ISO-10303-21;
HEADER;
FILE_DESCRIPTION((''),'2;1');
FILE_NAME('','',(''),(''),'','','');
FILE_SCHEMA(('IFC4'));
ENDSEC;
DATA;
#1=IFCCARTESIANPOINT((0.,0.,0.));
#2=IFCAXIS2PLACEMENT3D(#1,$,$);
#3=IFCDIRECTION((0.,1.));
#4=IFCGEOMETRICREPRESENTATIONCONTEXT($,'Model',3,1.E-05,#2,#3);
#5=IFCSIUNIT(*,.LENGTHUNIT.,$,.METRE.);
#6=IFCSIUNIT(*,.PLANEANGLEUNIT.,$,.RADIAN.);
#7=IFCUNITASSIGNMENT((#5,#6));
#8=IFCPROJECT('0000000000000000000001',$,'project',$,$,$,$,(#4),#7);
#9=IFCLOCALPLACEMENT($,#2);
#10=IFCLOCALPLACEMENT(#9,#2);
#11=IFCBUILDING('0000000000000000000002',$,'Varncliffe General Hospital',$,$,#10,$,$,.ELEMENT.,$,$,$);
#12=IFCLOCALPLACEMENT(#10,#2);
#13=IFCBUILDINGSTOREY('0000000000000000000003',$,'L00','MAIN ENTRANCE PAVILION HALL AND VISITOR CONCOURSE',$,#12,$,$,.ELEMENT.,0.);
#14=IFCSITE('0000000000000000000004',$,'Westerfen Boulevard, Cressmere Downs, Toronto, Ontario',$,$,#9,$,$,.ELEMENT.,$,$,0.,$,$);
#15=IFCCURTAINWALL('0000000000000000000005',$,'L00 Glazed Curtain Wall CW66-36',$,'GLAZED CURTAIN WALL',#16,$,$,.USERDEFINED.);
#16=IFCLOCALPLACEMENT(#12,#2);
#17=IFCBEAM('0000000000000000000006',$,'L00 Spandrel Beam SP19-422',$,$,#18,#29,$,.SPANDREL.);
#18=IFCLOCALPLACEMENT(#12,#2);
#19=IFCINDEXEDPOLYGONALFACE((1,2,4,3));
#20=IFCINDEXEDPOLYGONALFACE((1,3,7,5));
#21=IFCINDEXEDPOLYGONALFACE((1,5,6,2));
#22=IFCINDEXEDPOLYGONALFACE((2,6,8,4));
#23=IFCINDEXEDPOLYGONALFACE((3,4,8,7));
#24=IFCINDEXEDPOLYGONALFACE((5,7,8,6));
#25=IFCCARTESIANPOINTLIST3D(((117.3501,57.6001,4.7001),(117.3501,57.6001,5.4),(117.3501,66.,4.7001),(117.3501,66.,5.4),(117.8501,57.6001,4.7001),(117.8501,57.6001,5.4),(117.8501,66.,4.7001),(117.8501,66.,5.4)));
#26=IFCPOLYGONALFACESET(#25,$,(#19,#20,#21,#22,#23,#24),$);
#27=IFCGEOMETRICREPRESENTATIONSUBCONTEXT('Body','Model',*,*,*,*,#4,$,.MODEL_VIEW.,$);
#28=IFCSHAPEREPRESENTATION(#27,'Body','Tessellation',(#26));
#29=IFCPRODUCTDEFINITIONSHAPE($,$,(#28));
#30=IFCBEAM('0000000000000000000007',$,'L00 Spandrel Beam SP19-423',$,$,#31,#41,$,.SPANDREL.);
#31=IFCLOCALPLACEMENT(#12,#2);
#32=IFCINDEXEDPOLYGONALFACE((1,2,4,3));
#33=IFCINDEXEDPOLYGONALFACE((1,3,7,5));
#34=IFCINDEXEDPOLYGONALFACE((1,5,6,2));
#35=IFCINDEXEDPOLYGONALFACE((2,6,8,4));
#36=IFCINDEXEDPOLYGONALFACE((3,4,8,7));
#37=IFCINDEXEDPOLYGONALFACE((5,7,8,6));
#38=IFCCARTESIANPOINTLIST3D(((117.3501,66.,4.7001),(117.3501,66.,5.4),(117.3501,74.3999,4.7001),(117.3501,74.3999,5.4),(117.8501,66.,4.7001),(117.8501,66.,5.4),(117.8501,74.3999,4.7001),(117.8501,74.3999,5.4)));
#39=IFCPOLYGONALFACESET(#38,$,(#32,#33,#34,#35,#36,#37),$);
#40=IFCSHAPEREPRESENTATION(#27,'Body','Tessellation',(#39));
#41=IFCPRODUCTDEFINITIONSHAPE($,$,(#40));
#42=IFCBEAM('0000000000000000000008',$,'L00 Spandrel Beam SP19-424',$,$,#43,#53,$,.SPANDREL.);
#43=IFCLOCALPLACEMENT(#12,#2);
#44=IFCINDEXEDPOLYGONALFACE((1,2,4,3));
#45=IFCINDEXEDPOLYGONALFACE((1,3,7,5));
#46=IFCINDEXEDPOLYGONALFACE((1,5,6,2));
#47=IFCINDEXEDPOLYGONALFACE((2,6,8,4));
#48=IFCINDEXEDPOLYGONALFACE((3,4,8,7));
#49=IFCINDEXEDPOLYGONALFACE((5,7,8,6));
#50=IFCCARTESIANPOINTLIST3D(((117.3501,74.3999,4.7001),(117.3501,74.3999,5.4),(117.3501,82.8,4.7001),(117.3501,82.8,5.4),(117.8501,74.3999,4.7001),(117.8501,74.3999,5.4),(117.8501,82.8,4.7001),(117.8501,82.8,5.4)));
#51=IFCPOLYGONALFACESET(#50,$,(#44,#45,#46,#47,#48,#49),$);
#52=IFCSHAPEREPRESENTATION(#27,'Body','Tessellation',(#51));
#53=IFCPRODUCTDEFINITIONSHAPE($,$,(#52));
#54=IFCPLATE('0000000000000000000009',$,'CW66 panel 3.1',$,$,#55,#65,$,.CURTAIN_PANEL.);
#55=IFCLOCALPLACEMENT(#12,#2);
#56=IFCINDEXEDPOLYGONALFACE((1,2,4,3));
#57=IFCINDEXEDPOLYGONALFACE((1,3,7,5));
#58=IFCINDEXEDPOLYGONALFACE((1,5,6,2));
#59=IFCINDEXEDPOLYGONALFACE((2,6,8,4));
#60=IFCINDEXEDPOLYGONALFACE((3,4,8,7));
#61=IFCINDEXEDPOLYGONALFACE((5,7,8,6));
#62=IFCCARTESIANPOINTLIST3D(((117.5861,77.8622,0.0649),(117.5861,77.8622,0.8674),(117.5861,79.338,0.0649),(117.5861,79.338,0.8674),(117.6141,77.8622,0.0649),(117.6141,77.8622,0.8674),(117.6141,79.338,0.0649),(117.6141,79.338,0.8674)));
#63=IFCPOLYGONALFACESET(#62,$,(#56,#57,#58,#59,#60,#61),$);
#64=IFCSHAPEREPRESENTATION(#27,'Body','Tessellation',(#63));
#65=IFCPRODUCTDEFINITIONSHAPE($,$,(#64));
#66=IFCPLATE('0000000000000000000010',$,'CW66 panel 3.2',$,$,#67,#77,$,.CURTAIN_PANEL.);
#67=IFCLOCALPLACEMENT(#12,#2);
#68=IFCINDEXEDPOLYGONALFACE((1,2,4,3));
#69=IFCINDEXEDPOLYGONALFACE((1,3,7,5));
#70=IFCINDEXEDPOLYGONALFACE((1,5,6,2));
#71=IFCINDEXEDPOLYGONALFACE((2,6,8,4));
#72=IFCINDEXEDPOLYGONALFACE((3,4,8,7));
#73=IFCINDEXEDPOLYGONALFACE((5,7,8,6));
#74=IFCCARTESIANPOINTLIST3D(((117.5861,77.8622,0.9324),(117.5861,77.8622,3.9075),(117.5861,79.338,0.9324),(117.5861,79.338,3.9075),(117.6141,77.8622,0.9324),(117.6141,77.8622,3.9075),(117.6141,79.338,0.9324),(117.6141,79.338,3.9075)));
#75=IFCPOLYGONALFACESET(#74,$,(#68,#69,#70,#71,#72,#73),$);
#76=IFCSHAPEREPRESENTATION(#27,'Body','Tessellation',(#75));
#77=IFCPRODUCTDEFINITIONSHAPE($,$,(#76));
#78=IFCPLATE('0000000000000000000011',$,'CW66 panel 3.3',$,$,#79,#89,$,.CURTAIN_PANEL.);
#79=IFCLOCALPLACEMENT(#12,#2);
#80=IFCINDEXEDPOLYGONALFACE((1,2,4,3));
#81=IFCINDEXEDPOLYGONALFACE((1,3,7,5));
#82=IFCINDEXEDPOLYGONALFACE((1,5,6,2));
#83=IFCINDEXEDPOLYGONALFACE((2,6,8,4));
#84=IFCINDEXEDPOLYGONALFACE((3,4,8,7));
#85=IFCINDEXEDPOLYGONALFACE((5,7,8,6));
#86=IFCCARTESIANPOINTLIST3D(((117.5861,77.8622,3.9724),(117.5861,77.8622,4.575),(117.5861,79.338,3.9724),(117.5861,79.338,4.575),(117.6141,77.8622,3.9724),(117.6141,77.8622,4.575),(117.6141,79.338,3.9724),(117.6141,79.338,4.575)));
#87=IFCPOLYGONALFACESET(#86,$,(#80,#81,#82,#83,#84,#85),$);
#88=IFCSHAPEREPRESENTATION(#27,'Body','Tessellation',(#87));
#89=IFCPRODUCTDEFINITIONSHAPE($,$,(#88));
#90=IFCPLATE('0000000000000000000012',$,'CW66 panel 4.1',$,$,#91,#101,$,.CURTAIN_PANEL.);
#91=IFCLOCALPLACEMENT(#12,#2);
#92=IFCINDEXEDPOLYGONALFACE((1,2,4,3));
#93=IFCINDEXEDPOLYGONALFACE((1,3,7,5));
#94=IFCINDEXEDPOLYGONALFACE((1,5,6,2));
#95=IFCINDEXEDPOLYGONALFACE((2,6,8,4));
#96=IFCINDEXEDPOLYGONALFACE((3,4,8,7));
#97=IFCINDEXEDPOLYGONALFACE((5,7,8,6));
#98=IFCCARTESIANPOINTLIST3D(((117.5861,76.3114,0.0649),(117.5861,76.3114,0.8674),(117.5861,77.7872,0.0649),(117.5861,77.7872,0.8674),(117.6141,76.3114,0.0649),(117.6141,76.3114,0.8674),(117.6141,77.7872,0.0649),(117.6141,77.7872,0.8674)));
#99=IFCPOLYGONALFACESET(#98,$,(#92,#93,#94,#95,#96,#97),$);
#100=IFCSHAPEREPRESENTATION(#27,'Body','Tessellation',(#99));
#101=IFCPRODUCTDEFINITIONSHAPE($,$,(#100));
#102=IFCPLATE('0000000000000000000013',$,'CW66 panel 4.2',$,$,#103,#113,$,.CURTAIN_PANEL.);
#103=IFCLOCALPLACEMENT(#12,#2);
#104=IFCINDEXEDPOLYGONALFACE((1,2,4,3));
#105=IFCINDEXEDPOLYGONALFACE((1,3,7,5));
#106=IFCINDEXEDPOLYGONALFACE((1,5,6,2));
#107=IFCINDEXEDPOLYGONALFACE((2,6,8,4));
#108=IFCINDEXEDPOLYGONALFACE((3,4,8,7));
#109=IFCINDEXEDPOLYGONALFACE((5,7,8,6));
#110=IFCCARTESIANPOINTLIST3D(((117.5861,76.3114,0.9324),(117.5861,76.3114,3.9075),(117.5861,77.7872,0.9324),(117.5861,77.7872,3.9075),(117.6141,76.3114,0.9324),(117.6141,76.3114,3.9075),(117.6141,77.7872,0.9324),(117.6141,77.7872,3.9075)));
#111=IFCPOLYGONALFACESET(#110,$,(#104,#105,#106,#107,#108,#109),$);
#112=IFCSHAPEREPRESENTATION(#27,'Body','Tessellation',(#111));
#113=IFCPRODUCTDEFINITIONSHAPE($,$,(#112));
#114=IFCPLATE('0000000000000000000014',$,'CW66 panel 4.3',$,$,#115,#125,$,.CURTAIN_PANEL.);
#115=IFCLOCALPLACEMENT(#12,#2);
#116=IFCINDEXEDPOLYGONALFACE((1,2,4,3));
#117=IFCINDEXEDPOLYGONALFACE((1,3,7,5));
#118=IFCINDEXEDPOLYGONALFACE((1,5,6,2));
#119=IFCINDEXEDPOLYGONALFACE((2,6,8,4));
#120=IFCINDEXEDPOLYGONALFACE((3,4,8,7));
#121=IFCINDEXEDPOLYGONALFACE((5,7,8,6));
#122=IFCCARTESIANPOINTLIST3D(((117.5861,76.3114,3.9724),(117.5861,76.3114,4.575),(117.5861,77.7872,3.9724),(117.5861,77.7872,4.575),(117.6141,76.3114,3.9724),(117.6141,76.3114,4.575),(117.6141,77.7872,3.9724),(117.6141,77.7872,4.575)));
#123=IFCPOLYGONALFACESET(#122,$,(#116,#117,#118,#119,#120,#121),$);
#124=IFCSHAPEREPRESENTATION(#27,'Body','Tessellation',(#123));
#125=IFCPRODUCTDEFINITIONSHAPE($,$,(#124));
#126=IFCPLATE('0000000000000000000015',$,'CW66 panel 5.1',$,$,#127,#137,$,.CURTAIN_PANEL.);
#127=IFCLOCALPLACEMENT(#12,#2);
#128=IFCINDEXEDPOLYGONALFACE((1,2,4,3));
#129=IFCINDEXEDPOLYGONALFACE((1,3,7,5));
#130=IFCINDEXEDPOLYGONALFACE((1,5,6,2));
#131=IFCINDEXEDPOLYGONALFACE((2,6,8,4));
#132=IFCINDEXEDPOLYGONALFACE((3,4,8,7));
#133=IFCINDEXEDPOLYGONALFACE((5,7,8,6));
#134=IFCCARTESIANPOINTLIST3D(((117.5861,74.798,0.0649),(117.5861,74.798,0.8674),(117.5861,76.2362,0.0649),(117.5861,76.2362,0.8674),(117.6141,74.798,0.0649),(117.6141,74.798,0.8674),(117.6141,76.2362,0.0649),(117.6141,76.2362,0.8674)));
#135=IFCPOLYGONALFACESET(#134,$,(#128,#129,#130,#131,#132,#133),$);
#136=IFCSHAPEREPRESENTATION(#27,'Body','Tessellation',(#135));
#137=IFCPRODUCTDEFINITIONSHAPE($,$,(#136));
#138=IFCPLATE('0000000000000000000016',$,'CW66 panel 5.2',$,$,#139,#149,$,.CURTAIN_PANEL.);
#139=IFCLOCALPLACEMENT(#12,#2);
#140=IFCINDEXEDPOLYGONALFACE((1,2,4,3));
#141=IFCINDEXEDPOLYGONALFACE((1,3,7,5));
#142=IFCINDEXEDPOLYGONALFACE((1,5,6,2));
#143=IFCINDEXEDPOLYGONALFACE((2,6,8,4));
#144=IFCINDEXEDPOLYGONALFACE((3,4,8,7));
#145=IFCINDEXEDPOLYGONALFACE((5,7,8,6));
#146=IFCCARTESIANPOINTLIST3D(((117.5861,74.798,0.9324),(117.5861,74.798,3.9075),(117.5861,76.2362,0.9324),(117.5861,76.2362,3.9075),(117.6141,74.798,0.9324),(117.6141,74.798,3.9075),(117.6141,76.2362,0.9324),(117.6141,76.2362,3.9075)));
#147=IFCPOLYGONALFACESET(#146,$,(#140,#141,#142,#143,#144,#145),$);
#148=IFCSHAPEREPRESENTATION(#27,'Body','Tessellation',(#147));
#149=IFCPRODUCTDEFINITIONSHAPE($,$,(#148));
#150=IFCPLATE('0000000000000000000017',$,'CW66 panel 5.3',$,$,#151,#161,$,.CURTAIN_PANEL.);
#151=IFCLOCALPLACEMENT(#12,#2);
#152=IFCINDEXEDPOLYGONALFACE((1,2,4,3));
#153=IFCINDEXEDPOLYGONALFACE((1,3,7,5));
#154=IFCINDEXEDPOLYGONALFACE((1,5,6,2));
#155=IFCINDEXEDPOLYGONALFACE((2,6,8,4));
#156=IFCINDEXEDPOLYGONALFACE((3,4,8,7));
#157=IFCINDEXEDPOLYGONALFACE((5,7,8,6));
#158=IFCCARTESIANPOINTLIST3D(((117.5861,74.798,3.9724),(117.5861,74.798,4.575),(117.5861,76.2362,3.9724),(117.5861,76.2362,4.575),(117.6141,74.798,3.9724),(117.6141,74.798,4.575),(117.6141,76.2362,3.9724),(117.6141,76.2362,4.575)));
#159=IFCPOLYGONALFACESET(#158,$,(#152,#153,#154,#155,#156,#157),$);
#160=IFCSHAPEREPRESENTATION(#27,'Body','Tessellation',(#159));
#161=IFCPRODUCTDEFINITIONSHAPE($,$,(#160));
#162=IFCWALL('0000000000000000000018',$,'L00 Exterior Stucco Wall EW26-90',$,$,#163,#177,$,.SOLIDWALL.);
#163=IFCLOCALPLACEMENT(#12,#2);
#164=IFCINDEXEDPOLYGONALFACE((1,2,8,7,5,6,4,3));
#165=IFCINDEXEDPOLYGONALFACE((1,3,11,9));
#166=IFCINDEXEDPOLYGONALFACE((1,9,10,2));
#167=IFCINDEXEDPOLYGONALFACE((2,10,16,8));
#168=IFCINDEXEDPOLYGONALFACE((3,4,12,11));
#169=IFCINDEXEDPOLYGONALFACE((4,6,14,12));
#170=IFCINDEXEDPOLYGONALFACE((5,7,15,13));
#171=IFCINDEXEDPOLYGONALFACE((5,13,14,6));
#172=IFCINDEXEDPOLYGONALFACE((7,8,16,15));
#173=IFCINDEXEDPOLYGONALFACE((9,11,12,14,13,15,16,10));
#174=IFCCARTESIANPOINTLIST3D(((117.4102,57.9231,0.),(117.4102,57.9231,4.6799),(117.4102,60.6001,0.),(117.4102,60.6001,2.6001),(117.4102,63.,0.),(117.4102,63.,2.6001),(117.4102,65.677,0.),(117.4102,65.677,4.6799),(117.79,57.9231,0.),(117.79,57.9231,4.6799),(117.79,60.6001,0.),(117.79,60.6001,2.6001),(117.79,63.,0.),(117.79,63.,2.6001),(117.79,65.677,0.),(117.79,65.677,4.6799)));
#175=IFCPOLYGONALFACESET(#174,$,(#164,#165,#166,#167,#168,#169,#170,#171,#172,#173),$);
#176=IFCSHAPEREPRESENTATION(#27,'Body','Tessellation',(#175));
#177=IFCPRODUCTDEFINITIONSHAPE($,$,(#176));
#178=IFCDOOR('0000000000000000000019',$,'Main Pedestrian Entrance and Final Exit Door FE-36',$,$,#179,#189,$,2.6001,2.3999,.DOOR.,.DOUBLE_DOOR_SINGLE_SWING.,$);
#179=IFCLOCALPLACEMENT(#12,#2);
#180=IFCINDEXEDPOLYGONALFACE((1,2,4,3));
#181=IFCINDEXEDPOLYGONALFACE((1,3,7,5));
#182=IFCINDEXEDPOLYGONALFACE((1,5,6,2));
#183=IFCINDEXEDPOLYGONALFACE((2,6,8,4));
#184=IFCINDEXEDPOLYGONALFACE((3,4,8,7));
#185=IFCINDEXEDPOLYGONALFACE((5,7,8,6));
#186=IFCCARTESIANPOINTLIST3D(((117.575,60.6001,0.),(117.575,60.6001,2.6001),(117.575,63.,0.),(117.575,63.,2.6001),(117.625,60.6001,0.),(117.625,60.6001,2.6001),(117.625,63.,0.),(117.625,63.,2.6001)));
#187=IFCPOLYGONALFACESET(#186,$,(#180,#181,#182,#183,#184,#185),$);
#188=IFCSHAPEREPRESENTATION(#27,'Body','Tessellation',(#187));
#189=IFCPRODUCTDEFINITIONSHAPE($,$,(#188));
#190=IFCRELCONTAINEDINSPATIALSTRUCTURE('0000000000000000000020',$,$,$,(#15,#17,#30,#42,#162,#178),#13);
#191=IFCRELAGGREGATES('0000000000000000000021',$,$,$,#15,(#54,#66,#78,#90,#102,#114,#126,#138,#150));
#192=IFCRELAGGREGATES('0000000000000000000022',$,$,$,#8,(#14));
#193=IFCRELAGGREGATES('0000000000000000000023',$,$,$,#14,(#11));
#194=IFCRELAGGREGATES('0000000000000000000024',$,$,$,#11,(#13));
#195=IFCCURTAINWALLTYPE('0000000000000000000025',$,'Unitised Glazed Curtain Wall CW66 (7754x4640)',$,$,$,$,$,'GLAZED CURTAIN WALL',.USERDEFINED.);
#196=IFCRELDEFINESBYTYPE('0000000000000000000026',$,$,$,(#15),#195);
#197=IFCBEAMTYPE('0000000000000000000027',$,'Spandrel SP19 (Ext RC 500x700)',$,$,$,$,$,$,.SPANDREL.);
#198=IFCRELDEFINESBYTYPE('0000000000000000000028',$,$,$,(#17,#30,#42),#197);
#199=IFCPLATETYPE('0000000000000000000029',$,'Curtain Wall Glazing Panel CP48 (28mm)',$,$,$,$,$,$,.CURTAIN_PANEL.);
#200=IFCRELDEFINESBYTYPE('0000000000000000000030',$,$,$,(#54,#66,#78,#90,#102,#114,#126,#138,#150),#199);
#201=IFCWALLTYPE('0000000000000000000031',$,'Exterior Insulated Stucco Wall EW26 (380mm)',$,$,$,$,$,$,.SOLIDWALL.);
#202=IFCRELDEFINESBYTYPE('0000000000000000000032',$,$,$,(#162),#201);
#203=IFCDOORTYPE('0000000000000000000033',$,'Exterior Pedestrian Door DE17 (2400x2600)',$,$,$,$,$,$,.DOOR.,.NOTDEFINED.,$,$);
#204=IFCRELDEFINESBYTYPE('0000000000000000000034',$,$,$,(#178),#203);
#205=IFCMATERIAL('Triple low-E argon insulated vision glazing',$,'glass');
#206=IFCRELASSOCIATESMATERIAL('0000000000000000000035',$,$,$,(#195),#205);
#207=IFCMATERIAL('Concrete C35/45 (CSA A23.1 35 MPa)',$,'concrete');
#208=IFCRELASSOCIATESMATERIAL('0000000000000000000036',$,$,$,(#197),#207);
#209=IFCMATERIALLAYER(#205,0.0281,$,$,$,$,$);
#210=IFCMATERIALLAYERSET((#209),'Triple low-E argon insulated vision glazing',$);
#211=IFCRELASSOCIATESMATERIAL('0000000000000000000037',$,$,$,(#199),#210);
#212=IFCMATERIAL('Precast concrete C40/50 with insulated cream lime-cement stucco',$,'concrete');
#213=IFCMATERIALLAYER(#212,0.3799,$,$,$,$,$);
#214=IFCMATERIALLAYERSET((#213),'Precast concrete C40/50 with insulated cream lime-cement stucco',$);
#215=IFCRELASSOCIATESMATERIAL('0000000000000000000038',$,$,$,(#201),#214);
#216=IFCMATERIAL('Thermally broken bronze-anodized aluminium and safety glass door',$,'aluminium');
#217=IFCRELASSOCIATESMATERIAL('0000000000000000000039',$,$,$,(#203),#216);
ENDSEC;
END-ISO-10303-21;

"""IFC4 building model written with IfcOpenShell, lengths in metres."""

from ifc_helpers import new_model, si_unit, direction, frame, frame_2d, origin, origin_2d, place, context, subcontext, project, spatial, rectangle, extrude, material, layer, layer_set, material_profile, profile_set, type_object, element, fill, aggregate, save


model = new_model("IFC4")

# Units and contexts
model_context = context("Model", 3, precision=1e-05, world=origin(), true_north=direction((0.0, 1.0)))
body_context = subcontext(model_context, "Body", "Model", "MODEL_VIEW")
ifc_project = project(units=[si_unit("LENGTHUNIT", "METRE"), si_unit("PLANEANGLEUNIT", "RADIAN")], contexts=[model_context])

# Site, building, storey
site_placement = place(None, origin())
site = spatial("IfcSite", under=ifc_project, at=site_placement, Name="Westerfen Boulevard, Cressmere Downs, Toronto, Ontario", CompositionType="ELEMENT", RefElevation=0.0)
building_placement = place(site_placement, origin())
building = spatial("IfcBuilding", under=site, at=building_placement, Name="Varncliffe General Hospital", CompositionType="ELEMENT")
storey_placement = place(building_placement, origin())
storey = spatial("IfcBuildingStorey", under=building, at=storey_placement, Name="L00", Description="MAIN ENTRANCE PAVILION HALL AND VISITOR CONCOURSE", CompositionType="ELEMENT", Elevation=0.0)

# Curtain wall
ifc_material_1 = material(Name="Triple low-E argon insulated vision glazing", Category="glass")
curtain_wall_type = type_object("IfcCurtainWallType", Name="Unitised Glazed Curtain Wall CW66 (7754x4640)", ElementType="GLAZED CURTAIN WALL", PredefinedType="USERDEFINED", material=ifc_material_1)
curtain_wall_placement = place(storey_placement, origin())
curtain_wall = element("IfcCurtainWall", 1, at=curtain_wall_placement, inside=storey, type_object=curtain_wall_type, Name="L00 Glazed Curtain Wall CW66-36", ObjectType="GLAZED CURTAIN WALL", PredefinedType="USERDEFINED")

# Beams
ifc_material_2 = material(Name="Concrete C35/45 (CSA A23.1 35 MPa)", Category="concrete")
ifc_material_profile_1 = material_profile(ifc_material_2, rectangle(XDim=0.5, YDim=0.7, at=origin_2d()), Name="RC 500x700")
ifc_profile_set_1 = profile_set([ifc_material_profile_1], Name="Concrete C35/45 (CSA A23.1 35 MPa)")
beam_type = type_object("IfcBeamType", Name="Spandrel SP19 (Ext RC 500x700)", PredefinedType="SPANDREL", material=ifc_profile_set_1)
for number, where, z_axis, x_axis, name in (
    (2, (117.6001, 57.6001, 5.05), (0.0, 1.0, 0.0), (-1.0, 0.0, 0.0), "L00 Spandrel Beam SP19-422"),
    (3, (117.6001, 66.0, 5.05), (0.0, 1.0, 0.0), (-1.0, 0.0, 0.0), "L00 Spandrel Beam SP19-423"),
):
    element("IfcBeam", number, at=place(storey_placement, frame(where, z_axis=z_axis, x_axis=x_axis)), inside=storey, type_object=beam_type, Name=name, PredefinedType="SPANDREL", context=body_context, shape_type="SweptSolid", body=[
        extrude(rectangle(XDim=0.5, YDim=0.7, at=origin_2d()), origin(), (0.0, 0.0, 1.0), 8.3999),
    ])
beam_placement = place(storey_placement, frame((117.6001, 74.3999, 5.05), z_axis=(0.0, 1.0, 0.0), x_axis=(-1.0, 0.0, 0.0)))
element("IfcBeam", 4, at=beam_placement, inside=storey, type_object=beam_type, Name="L00 Spandrel Beam SP19-424", PredefinedType="SPANDREL", context=body_context, shape_type="SweptSolid", body=[
    extrude(rectangle(XDim=0.5, YDim=0.7, at=origin_2d()), origin(), (0.0, 0.0, 1.0), 8.4001),
])

# Plates
ifc_layer_1 = layer(ifc_material_1, 0.0281)
ifc_layer_set_1 = layer_set([ifc_layer_1], Name="Triple low-E argon insulated vision glazing")
plate_type = type_object("IfcPlateType", Name="Curtain Wall Glazing Panel CP48 (28mm)", PredefinedType="CURTAIN_PANEL", material=ifc_layer_set_1)
plate_1_placement = place(storey_placement, frame((117.6001, 78.6001, 0.0649), z_axis=(0.0, 0.0, 1.0), x_axis=(0.0, -1.0, 0.0)))
plate_1 = element("IfcPlate", 5, at=plate_1_placement, type_object=plate_type, Name="CW66 panel 3.1", PredefinedType="CURTAIN_PANEL", context=body_context, shape_type="SweptSolid", body=[
    extrude(rectangle(XDim=1.4758, YDim=0.0281, at=origin_2d()), origin(), (0.0, 0.0, 1.0), 0.8025),
])
plate_2_placement = place(storey_placement, frame((117.6001, 78.6001, 0.9324), z_axis=(0.0, 0.0, 1.0), x_axis=(0.0, -1.0, 0.0)))
plate_2 = element("IfcPlate", 6, at=plate_2_placement, type_object=plate_type, Name="CW66 panel 3.2", PredefinedType="CURTAIN_PANEL", context=body_context, shape_type="SweptSolid", body=[
    extrude(rectangle(XDim=1.4758, YDim=0.0281, at=origin_2d()), origin(), (0.0, 0.0, 1.0), 2.9751),
])
plate_3_placement = place(storey_placement, frame((117.6001, 78.6001, 3.9724), z_axis=(0.0, 0.0, 1.0), x_axis=(0.0, -1.0, 0.0)))
plate_3 = element("IfcPlate", 7, at=plate_3_placement, type_object=plate_type, Name="CW66 panel 3.3", PredefinedType="CURTAIN_PANEL", context=body_context, shape_type="SweptSolid", body=[
    extrude(rectangle(XDim=1.4758, YDim=0.0281, at=origin_2d()), origin(), (0.0, 0.0, 1.0), 0.6025),
])
plate_4_placement = place(storey_placement, frame((117.6001, 77.0493, 0.0649), z_axis=(0.0, 0.0, 1.0), x_axis=(0.0, -1.0, 0.0)))
plate_4 = element("IfcPlate", 8, at=plate_4_placement, type_object=plate_type, Name="CW66 panel 4.1", PredefinedType="CURTAIN_PANEL", context=body_context, shape_type="SweptSolid", body=[
    extrude(rectangle(XDim=1.4758, YDim=0.0281, at=origin_2d()), origin(), (0.0, 0.0, 1.0), 0.8025),
])
plate_5_placement = place(storey_placement, frame((117.6001, 77.0493, 0.9324), z_axis=(0.0, 0.0, 1.0), x_axis=(0.0, -1.0, 0.0)))
plate_5 = element("IfcPlate", 9, at=plate_5_placement, type_object=plate_type, Name="CW66 panel 4.2", PredefinedType="CURTAIN_PANEL", context=body_context, shape_type="SweptSolid", body=[
    extrude(rectangle(XDim=1.4758, YDim=0.0281, at=origin_2d()), origin(), (0.0, 0.0, 1.0), 2.9751),
])
plate_6_placement = place(storey_placement, frame((117.6001, 77.0493, 3.9724), z_axis=(0.0, 0.0, 1.0), x_axis=(0.0, -1.0, 0.0)))
plate_6 = element("IfcPlate", 10, at=plate_6_placement, type_object=plate_type, Name="CW66 panel 4.3", PredefinedType="CURTAIN_PANEL", context=body_context, shape_type="SweptSolid", body=[
    extrude(rectangle(XDim=1.4758, YDim=0.0281, at=origin_2d()), origin(), (0.0, 0.0, 1.0), 0.6025),
])
plate_7_placement = place(storey_placement, frame((117.6001, 75.5171, 0.0649), z_axis=(0.0, 0.0, 1.0), x_axis=(0.0, -1.0, 0.0)))
plate_7 = element("IfcPlate", 11, at=plate_7_placement, type_object=plate_type, Name="CW66 panel 5.1", PredefinedType="CURTAIN_PANEL", context=body_context, shape_type="SweptSolid", body=[
    extrude(rectangle(XDim=1.4382, YDim=0.0281, at=origin_2d()), origin(), (0.0, 0.0, 1.0), 0.8025),
])
plate_8_placement = place(storey_placement, frame((117.6001, 75.5171, 0.9324), z_axis=(0.0, 0.0, 1.0), x_axis=(0.0, -1.0, 0.0)))
plate_8 = element("IfcPlate", 12, at=plate_8_placement, type_object=plate_type, Name="CW66 panel 5.2", PredefinedType="CURTAIN_PANEL", context=body_context, shape_type="SweptSolid", body=[
    extrude(rectangle(XDim=1.4382, YDim=0.0281, at=origin_2d()), origin(), (0.0, 0.0, 1.0), 2.9751),
])
plate_9_placement = place(storey_placement, frame((117.6001, 75.5171, 3.9724), z_axis=(0.0, 0.0, 1.0), x_axis=(0.0, -1.0, 0.0)))
plate_9 = element("IfcPlate", 13, at=plate_9_placement, type_object=plate_type, Name="CW66 panel 5.3", PredefinedType="CURTAIN_PANEL", context=body_context, shape_type="SweptSolid", body=[
    extrude(rectangle(XDim=1.4382, YDim=0.0281, at=origin_2d()), origin(), (0.0, 0.0, 1.0), 0.6025),
])
aggregate(curtain_wall, [plate_1, plate_2, plate_3, plate_4, plate_5, plate_6, plate_7, plate_8, plate_9])

# Wall, opening, door
ifc_material_3 = material(Name="Precast concrete C40/50 with insulated cream lime-cement stucco", Category="concrete")
ifc_layer_2 = layer(ifc_material_3, 0.3799)
ifc_layer_set_2 = layer_set([ifc_layer_2], Name="Precast concrete C40/50 with insulated cream lime-cement stucco")
wall_type_1 = type_object("IfcWallType", Name="Exterior Insulated Stucco Wall EW26 (380mm)", PredefinedType="SOLIDWALL", material=ifc_layer_set_2)
wall_1_placement = place(storey_placement, frame((117.6001, 65.677, 0.0), z_axis=(0.0, 0.0, 1.0), x_axis=(0.0, -1.0, 0.0)))
wall_1 = element("IfcWall", 14, at=wall_1_placement, inside=storey, type_object=wall_type_1, Name="L00 Exterior Stucco Wall EW26-90", PredefinedType="SOLIDWALL", context=body_context, shape_type="SweptSolid", body=[
    extrude(rectangle(XDim=7.7539, YDim=0.3799, at=frame_2d((3.877, 0.0))), origin(), (0.0, 0.0, 1.0), 4.6799),
])
opening_1_placement = place(wall_1_placement, frame((2.677, 0.0, 0.0)))
opening_1 = element("IfcOpeningElement", 15, at=opening_1_placement, cuts=wall_1, PredefinedType="OPENING", context=body_context, shape_type="SweptSolid", body=[
    extrude(rectangle(XDim=2.3999, YDim=2.6001, at=frame_2d((1.2, 1.3))), frame((0.0, 0.2, 0.0), z_axis=(0.0, -1.0, 0.0), x_axis=(1.0, 0.0, 0.0)), (0.0, 0.0, 1.0), 0.3999),
])
ifc_material_4 = material(Name="Thermally broken bronze-anodized aluminium and safety glass door", Category="aluminium")
door_type_1 = type_object("IfcDoorType", Name="Exterior Pedestrian Door DE17 (2400x2600)", OperationType="NOTDEFINED", PredefinedType="DOOR", material=ifc_material_4)
door_1_placement = place(opening_1_placement, origin())
door_1 = element("IfcDoor", 16, at=door_1_placement, inside=storey, type_object=door_type_1, Name="Main Pedestrian Entrance and Final Exit Door FE-36", OperationType="DOUBLE_DOOR_SINGLE_SWING", OverallHeight=2.6001, OverallWidth=2.3999, PredefinedType="DOOR", context=body_context, shape_type="SweptSolid", body=[
    extrude(rectangle(XDim=2.3999, YDim=2.6001, at=frame_2d((1.2, 1.3))), frame((0.0, 0.0249, 0.0), z_axis=(0.0, -1.0, 0.0), x_axis=(1.0, 0.0, 0.0)), (0.0, 0.0, 1.0), 0.05),
])
fill(opening_1, door_1)

save(model, "model.ifc")
